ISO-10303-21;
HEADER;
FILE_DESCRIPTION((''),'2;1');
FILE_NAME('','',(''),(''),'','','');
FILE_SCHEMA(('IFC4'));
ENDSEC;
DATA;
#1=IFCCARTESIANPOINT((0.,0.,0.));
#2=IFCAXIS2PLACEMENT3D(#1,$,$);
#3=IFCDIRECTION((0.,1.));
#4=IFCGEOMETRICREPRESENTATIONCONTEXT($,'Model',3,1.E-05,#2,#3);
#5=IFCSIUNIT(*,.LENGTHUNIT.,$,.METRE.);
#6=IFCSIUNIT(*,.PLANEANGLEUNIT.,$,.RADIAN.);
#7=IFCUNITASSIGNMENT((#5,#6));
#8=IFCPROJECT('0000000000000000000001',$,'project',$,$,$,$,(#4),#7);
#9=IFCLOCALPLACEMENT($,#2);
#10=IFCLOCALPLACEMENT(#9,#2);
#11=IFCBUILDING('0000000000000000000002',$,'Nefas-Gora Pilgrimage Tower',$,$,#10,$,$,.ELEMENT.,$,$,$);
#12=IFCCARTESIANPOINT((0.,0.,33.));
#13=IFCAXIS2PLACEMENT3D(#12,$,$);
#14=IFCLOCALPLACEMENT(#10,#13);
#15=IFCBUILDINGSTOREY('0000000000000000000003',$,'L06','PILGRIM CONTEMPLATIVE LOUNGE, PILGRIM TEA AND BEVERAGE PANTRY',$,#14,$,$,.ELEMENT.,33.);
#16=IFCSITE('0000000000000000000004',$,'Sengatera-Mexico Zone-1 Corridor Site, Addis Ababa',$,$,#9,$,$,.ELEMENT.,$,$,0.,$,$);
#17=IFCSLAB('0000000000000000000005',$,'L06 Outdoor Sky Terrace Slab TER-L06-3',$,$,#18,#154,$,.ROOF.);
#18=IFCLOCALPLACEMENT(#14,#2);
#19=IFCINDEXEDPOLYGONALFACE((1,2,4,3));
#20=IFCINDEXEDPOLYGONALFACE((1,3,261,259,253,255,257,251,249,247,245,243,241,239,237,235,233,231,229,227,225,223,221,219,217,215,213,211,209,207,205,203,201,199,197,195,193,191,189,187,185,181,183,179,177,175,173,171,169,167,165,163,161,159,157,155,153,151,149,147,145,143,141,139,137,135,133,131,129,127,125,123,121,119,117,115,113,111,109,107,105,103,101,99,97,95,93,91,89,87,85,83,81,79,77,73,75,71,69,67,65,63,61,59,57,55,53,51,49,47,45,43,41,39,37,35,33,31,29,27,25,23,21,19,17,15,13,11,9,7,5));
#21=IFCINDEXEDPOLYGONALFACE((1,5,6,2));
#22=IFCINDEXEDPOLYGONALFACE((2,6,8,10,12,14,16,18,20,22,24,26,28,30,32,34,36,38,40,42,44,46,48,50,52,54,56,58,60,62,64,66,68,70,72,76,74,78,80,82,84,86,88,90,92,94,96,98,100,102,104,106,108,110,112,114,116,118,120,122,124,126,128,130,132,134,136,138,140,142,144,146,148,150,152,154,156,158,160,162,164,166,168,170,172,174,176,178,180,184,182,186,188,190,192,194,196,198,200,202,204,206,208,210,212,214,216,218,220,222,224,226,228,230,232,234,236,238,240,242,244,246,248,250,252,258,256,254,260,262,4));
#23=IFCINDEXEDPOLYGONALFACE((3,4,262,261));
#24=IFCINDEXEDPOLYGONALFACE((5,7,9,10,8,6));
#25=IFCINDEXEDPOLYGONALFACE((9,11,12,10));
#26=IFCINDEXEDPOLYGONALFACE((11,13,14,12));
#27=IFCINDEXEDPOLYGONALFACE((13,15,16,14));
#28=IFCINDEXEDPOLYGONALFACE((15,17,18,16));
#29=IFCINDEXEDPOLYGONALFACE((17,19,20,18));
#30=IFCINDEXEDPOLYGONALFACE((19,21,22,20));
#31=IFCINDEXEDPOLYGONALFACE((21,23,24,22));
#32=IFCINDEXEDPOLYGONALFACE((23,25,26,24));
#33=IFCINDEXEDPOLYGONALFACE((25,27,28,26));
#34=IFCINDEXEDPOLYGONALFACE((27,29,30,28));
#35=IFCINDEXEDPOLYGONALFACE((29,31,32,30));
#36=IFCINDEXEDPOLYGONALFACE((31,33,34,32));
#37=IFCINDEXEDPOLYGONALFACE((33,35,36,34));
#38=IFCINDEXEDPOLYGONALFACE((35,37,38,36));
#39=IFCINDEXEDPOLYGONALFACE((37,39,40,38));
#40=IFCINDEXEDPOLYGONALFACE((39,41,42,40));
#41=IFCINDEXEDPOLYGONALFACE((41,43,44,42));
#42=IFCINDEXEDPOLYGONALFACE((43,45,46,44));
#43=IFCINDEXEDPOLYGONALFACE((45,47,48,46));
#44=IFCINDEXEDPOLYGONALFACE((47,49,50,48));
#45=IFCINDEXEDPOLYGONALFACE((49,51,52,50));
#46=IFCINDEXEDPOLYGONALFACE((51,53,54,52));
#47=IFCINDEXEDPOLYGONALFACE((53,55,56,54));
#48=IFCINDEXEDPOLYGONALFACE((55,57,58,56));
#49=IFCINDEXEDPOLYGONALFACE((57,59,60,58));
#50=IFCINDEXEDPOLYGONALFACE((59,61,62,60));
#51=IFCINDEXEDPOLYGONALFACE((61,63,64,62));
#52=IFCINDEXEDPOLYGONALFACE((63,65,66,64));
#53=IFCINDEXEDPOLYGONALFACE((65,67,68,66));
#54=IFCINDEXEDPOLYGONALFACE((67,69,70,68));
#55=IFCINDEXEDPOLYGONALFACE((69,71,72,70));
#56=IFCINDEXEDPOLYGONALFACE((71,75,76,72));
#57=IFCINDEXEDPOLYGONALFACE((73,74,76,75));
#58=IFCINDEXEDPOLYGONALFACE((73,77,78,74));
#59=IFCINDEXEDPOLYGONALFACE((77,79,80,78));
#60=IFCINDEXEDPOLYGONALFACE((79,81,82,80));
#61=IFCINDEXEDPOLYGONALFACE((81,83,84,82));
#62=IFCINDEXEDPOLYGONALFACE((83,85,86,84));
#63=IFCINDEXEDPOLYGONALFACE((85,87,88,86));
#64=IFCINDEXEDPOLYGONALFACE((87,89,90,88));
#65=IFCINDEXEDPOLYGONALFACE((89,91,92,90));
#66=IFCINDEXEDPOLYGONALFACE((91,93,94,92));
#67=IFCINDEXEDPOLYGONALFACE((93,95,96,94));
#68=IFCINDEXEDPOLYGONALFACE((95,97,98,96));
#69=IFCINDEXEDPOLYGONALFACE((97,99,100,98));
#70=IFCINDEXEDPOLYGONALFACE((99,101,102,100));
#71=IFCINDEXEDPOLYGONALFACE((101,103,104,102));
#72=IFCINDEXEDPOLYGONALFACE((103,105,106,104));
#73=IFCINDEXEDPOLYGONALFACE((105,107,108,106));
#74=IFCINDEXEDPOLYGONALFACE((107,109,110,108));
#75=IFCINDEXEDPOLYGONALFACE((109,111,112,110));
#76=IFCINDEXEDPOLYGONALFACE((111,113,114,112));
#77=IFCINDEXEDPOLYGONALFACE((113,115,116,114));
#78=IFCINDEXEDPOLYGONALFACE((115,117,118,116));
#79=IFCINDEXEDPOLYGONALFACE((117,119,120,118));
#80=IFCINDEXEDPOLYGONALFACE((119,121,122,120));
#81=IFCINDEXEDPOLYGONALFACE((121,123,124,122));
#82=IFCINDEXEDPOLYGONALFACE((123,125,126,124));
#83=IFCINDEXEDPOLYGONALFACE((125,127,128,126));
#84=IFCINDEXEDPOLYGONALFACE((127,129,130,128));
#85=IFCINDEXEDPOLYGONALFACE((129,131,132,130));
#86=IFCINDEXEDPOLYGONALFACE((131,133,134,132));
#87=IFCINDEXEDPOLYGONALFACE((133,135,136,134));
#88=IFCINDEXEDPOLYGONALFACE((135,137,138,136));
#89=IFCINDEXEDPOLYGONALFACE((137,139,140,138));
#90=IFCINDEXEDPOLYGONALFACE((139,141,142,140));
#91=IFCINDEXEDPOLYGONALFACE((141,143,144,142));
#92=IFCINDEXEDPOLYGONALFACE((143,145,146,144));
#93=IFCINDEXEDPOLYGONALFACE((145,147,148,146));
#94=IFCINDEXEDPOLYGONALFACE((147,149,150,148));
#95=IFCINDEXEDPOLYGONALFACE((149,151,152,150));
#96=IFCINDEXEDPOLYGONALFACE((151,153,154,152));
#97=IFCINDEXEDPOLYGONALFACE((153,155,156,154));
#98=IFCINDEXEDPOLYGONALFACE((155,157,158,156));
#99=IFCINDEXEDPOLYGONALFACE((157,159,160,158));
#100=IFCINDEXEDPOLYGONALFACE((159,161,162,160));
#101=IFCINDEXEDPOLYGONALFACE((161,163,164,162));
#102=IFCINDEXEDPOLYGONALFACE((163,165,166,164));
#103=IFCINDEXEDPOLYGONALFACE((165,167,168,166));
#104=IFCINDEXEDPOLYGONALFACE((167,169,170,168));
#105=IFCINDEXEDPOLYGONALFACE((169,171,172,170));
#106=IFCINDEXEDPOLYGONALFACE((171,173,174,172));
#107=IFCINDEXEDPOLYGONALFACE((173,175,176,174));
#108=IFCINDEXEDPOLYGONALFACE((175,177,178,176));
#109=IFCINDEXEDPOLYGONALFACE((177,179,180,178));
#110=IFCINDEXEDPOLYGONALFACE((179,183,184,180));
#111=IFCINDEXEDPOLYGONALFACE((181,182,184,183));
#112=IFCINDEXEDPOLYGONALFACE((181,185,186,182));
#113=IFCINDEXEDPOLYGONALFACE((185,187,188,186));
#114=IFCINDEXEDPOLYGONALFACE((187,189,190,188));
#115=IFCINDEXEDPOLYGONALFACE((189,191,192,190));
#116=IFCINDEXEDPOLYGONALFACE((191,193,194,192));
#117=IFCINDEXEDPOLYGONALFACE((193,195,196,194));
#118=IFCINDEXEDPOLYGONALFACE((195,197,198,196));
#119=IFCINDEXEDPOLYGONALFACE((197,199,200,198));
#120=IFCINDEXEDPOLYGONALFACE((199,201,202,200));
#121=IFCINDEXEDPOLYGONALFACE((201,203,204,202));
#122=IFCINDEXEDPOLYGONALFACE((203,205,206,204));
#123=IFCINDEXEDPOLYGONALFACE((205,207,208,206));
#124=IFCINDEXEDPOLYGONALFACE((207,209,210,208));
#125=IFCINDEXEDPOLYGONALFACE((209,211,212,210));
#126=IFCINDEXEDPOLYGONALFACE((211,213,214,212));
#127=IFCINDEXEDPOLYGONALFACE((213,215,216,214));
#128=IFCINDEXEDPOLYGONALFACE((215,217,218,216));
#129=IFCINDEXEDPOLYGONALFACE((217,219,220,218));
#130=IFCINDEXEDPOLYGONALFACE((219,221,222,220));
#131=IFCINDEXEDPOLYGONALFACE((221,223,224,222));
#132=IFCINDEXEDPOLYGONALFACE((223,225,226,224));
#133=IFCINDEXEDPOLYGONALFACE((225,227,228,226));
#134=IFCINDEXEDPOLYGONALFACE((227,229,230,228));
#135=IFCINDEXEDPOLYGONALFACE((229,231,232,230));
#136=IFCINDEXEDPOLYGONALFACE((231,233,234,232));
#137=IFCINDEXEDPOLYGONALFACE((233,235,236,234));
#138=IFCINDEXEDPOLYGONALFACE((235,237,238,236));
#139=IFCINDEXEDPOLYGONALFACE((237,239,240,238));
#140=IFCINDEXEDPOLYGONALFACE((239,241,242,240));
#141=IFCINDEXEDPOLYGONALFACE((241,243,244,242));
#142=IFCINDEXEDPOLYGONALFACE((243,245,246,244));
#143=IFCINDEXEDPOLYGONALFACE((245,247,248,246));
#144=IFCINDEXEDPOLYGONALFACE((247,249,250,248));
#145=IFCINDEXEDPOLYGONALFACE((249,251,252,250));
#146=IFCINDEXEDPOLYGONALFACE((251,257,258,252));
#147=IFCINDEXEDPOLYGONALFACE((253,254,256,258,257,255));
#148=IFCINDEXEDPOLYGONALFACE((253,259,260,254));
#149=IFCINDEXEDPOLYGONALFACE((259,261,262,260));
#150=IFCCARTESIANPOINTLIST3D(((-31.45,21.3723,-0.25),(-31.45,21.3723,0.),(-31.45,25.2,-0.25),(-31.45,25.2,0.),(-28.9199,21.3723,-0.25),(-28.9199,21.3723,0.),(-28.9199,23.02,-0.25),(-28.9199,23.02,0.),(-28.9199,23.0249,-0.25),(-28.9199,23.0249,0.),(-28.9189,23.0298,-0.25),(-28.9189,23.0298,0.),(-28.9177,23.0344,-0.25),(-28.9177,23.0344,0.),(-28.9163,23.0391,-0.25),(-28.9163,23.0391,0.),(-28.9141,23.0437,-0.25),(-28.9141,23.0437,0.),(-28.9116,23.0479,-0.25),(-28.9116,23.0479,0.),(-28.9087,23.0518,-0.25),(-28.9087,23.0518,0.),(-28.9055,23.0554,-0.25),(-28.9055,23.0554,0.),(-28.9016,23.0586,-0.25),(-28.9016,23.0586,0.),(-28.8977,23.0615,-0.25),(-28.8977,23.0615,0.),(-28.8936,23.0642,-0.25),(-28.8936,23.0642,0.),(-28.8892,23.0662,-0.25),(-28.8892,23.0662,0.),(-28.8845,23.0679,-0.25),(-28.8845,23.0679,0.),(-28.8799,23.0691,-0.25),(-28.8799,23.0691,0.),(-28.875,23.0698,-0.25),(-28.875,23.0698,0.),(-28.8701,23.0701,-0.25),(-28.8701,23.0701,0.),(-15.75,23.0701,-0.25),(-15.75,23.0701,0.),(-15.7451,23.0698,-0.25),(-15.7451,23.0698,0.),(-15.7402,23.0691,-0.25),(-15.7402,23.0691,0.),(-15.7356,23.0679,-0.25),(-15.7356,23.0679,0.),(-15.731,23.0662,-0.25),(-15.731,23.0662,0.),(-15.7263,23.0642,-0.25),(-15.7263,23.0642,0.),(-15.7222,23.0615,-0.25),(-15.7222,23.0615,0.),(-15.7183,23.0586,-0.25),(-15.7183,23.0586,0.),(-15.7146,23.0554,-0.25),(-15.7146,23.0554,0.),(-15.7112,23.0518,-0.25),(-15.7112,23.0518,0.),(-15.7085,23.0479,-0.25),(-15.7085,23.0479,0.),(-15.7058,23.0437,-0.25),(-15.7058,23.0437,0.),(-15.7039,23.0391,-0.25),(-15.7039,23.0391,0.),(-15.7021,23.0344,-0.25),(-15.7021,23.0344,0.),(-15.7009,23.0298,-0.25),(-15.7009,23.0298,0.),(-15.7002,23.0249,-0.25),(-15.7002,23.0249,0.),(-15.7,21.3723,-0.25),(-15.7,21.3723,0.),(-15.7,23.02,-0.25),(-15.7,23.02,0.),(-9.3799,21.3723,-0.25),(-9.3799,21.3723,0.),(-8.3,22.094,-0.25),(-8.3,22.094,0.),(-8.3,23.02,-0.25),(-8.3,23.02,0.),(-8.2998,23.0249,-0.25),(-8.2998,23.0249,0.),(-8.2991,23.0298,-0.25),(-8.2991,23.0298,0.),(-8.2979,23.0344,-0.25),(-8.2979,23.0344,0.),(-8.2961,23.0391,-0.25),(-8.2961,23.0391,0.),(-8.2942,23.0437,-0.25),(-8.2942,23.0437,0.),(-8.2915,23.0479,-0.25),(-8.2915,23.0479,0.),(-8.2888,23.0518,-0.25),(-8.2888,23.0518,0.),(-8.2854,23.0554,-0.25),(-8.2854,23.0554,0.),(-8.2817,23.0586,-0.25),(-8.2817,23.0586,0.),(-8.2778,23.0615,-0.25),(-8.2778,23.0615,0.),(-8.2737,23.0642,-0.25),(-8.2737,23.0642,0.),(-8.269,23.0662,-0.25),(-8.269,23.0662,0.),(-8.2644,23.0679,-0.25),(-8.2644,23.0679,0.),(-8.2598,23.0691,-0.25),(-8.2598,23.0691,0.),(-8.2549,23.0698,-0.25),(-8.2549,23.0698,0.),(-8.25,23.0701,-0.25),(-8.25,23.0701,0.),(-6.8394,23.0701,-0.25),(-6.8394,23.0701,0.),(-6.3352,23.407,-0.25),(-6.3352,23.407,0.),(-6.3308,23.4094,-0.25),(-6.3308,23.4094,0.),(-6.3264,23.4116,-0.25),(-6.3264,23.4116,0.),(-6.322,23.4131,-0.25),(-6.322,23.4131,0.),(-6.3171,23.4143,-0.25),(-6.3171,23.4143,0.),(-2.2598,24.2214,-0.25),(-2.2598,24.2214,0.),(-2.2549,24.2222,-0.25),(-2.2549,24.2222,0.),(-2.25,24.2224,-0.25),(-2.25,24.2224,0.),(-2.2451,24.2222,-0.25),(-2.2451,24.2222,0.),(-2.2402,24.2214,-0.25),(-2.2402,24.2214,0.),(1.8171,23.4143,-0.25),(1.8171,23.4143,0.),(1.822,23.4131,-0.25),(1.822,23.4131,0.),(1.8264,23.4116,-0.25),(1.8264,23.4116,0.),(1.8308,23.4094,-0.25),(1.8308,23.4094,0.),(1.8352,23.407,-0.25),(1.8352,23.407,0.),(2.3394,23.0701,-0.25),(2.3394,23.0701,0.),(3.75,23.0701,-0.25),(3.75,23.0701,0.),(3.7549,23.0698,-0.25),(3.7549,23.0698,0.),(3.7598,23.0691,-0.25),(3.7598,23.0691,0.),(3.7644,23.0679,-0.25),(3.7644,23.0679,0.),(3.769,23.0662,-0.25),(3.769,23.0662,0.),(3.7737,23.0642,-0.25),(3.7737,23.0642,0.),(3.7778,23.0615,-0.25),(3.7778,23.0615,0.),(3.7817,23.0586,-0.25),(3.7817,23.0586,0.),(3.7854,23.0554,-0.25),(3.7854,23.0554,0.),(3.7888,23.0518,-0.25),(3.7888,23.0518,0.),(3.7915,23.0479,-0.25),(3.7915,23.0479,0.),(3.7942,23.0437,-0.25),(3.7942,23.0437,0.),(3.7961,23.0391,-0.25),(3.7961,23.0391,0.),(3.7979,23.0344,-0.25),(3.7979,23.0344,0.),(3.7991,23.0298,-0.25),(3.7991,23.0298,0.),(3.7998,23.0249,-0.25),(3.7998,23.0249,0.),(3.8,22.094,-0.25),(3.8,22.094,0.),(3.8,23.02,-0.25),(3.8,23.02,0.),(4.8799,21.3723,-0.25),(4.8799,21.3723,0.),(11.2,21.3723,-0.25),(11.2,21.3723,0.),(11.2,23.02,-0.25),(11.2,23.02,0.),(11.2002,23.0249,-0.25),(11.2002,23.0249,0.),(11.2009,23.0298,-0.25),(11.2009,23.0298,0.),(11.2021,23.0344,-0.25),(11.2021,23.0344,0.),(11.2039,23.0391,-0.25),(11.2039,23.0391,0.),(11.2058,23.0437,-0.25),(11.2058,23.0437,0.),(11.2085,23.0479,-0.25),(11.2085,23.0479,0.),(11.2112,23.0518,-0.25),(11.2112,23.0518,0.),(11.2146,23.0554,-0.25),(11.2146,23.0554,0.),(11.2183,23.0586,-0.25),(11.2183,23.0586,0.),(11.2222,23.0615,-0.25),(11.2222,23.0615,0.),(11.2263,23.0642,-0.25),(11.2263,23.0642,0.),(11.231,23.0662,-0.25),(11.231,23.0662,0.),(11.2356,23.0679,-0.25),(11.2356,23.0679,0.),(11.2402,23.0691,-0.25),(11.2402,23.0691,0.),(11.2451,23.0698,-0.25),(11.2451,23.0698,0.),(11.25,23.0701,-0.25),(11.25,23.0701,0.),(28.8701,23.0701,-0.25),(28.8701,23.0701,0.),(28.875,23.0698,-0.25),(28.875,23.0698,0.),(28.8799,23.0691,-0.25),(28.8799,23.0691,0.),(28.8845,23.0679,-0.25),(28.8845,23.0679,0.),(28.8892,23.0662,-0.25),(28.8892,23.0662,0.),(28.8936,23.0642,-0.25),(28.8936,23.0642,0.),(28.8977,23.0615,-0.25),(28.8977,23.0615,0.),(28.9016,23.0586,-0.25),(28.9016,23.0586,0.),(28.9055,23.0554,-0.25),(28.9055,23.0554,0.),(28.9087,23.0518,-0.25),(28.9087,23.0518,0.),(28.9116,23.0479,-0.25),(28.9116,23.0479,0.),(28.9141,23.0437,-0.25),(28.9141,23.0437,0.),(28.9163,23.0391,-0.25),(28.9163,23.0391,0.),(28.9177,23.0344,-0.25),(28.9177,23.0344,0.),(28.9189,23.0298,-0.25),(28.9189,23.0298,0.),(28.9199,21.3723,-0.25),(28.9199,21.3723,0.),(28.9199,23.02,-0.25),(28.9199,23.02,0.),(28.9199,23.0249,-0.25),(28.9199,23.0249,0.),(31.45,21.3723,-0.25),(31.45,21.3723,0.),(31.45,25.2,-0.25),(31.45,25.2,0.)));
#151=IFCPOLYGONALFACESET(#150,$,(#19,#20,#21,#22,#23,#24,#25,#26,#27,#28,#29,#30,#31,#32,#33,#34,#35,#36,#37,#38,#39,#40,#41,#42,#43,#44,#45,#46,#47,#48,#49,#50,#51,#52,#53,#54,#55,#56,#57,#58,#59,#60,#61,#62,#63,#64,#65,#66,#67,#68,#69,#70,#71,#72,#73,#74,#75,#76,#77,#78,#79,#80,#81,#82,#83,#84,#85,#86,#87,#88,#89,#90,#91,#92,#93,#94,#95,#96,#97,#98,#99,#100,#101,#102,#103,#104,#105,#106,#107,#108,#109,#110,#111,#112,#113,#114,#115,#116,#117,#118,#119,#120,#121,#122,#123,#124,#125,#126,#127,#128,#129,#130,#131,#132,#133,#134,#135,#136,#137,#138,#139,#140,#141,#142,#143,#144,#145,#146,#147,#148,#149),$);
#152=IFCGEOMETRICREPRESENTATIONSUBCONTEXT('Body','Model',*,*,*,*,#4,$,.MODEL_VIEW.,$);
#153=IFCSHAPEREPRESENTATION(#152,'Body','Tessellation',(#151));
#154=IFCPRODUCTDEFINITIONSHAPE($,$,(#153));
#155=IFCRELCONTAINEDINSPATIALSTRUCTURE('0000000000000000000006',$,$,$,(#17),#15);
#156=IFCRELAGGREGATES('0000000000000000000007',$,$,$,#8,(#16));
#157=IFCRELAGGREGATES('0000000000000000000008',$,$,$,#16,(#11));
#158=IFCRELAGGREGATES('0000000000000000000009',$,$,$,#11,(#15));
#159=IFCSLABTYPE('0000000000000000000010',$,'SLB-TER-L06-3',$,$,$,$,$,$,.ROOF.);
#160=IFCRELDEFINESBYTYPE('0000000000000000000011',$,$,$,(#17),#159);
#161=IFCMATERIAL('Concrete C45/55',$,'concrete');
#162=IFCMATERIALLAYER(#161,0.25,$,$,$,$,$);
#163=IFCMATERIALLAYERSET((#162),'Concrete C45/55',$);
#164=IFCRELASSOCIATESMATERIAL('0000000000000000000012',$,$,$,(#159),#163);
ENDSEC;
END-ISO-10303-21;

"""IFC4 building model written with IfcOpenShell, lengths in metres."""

from ifc_helpers import new_model, si_unit, direction, frame, origin, place, context, subcontext, project, spatial, polyline, outline, extrude, material, layer, layer_set, type_object, element, save


model = new_model("IFC4")

# Units and contexts
model_context = context("Model", 3, precision=1e-05, world=origin(), true_north=direction((0.0, 1.0)))
body_context = subcontext(model_context, "Body", "Model", "MODEL_VIEW")
ifc_project = project(units=[si_unit("LENGTHUNIT", "METRE"), si_unit("PLANEANGLEUNIT", "RADIAN")], contexts=[model_context])

# Site, building, storey
site_placement = place(None, origin())
site = spatial("IfcSite", under=ifc_project, at=site_placement, Name="Sengatera-Mexico Zone-1 Corridor Site, Addis Ababa", CompositionType="ELEMENT", RefElevation=0.0)
building_placement = place(site_placement, origin())
building = spatial("IfcBuilding", under=site, at=building_placement, Name="Nefas-Gora Pilgrimage Tower", CompositionType="ELEMENT")
storey_placement = place(building_placement, frame((0.0, 0.0, 33.0)))
storey = spatial("IfcBuildingStorey", under=building, at=storey_placement, Name="L06", Description="PILGRIM CONTEMPLATIVE LOUNGE, PILGRIM TEA AND BEVERAGE PANTRY", CompositionType="ELEMENT", Elevation=33.0)

# Slab
ifc_material_1 = material(Name="Concrete C45/55", Category="concrete")
ifc_layer_1 = layer(ifc_material_1, 0.25)
ifc_layer_set_1 = layer_set([ifc_layer_1], Name="Concrete C45/55")
slab_type_1 = type_object("IfcSlabType", Name="SLB-TER-L06-3", PredefinedType="ROOF", material=ifc_layer_set_1)
slab_1_placement = place(storey_placement, frame((0.0, 0.0, -0.25)))
element("IfcSlab", 1, at=slab_1_placement, inside=storey, type_object=slab_type_1, Name="L06 Outdoor Sky Terrace Slab TER-L06-3", PredefinedType="ROOF", context=body_context, shape_type="SweptSolid", body=[
    extrude(outline(polyline([(-31.45, 25.2), (-31.45, 21.3723), (-28.9199, 21.3723), (-28.9199, 23.02), (-28.9199, 23.0249), (-28.9189, 23.0298), (-28.9177, 23.0344), (-28.9163, 23.0391), (-28.9141, 23.0437), (-28.9116, 23.0479), (-28.9087, 23.0518), (-28.9055, 23.0554), (-28.9016, 23.0586), (-28.8977, 23.0615), (-28.8936, 23.0642), (-28.8892, 23.0662), (-28.8845, 23.0679), (-28.8799, 23.0691), (-28.875, 23.0698), (-28.8701, 23.0701), (-15.75, 23.0701), (-15.7451, 23.0698), (-15.7402, 23.0691), (-15.7356, 23.0679), (-15.731, 23.0662), (-15.7263, 23.0642), (-15.7222, 23.0615), (-15.7183, 23.0586), (-15.7146, 23.0554), (-15.7112, 23.0518), (-15.7085, 23.0479), (-15.7058, 23.0437), (-15.7039, 23.0391), (-15.7021, 23.0344), (-15.7009, 23.0298), (-15.7002, 23.0249), (-15.7, 23.02), (-15.7, 21.3723), (-9.3799, 21.3723), (-8.3, 22.094), (-8.3, 23.02), (-8.2998, 23.0249), (-8.2991, 23.0298), (-8.2979, 23.0344), (-8.2961, 23.0391), (-8.2942, 23.0437), (-8.2915, 23.0479), (-8.2888, 23.0518), (-8.2854, 23.0554), (-8.2817, 23.0586), (-8.2778, 23.0615), (-8.2737, 23.0642), (-8.269, 23.0662), (-8.2644, 23.0679), (-8.2598, 23.0691), (-8.2549, 23.0698), (-8.25, 23.0701), (-6.8394, 23.0701), (-6.3352, 23.407), (-6.3308, 23.4094), (-6.3264, 23.4116), (-6.322, 23.4131), (-6.3171, 23.4143), (-2.2598, 24.2214), (-2.2549, 24.2222), (-2.25, 24.2224), (-2.2451, 24.2222), (-2.2402, 24.2214), (1.8171, 23.4143), (1.822, 23.4131), (1.8264, 23.4116), (1.8308, 23.4094), (1.8352, 23.407), (2.3394, 23.0701), (3.75, 23.0701), (3.7549, 23.0698), (3.7598, 23.0691), (3.7644, 23.0679), (3.769, 23.0662), (3.7737, 23.0642), (3.7778, 23.0615), (3.7817, 23.0586), (3.7854, 23.0554), (3.7888, 23.0518), (3.7915, 23.0479), (3.7942, 23.0437), (3.7961, 23.0391), (3.7979, 23.0344), (3.7991, 23.0298), (3.7998, 23.0249), (3.8, 23.02), (3.8, 22.094), (4.8799, 21.3723), (11.2, 21.3723), (11.2, 23.02), (11.2002, 23.0249), (11.2009, 23.0298), (11.2021, 23.0344), (11.2039, 23.0391), (11.2058, 23.0437), (11.2085, 23.0479), (11.2112, 23.0518), (11.2146, 23.0554), (11.2183, 23.0586), (11.2222, 23.0615), (11.2263, 23.0642), (11.231, 23.0662), (11.2356, 23.0679), (11.2402, 23.0691), (11.2451, 23.0698), (11.25, 23.0701), (28.8701, 23.0701), (28.875, 23.0698), (28.8799, 23.0691), (28.8845, 23.0679), (28.8892, 23.0662), (28.8936, 23.0642), (28.8977, 23.0615), (28.9016, 23.0586), (28.9055, 23.0554), (28.9087, 23.0518), (28.9116, 23.0479), (28.9141, 23.0437), (28.9163, 23.0391), (28.9177, 23.0344), (28.9189, 23.0298), (28.9199, 23.0249), (28.9199, 23.02), (28.9199, 21.3723), (31.45, 21.3723), (31.45, 25.2), (-31.45, 25.2)])), origin(), (0.0, 0.0, 1.0), 0.25),
])

save(model, "model.ifc")
